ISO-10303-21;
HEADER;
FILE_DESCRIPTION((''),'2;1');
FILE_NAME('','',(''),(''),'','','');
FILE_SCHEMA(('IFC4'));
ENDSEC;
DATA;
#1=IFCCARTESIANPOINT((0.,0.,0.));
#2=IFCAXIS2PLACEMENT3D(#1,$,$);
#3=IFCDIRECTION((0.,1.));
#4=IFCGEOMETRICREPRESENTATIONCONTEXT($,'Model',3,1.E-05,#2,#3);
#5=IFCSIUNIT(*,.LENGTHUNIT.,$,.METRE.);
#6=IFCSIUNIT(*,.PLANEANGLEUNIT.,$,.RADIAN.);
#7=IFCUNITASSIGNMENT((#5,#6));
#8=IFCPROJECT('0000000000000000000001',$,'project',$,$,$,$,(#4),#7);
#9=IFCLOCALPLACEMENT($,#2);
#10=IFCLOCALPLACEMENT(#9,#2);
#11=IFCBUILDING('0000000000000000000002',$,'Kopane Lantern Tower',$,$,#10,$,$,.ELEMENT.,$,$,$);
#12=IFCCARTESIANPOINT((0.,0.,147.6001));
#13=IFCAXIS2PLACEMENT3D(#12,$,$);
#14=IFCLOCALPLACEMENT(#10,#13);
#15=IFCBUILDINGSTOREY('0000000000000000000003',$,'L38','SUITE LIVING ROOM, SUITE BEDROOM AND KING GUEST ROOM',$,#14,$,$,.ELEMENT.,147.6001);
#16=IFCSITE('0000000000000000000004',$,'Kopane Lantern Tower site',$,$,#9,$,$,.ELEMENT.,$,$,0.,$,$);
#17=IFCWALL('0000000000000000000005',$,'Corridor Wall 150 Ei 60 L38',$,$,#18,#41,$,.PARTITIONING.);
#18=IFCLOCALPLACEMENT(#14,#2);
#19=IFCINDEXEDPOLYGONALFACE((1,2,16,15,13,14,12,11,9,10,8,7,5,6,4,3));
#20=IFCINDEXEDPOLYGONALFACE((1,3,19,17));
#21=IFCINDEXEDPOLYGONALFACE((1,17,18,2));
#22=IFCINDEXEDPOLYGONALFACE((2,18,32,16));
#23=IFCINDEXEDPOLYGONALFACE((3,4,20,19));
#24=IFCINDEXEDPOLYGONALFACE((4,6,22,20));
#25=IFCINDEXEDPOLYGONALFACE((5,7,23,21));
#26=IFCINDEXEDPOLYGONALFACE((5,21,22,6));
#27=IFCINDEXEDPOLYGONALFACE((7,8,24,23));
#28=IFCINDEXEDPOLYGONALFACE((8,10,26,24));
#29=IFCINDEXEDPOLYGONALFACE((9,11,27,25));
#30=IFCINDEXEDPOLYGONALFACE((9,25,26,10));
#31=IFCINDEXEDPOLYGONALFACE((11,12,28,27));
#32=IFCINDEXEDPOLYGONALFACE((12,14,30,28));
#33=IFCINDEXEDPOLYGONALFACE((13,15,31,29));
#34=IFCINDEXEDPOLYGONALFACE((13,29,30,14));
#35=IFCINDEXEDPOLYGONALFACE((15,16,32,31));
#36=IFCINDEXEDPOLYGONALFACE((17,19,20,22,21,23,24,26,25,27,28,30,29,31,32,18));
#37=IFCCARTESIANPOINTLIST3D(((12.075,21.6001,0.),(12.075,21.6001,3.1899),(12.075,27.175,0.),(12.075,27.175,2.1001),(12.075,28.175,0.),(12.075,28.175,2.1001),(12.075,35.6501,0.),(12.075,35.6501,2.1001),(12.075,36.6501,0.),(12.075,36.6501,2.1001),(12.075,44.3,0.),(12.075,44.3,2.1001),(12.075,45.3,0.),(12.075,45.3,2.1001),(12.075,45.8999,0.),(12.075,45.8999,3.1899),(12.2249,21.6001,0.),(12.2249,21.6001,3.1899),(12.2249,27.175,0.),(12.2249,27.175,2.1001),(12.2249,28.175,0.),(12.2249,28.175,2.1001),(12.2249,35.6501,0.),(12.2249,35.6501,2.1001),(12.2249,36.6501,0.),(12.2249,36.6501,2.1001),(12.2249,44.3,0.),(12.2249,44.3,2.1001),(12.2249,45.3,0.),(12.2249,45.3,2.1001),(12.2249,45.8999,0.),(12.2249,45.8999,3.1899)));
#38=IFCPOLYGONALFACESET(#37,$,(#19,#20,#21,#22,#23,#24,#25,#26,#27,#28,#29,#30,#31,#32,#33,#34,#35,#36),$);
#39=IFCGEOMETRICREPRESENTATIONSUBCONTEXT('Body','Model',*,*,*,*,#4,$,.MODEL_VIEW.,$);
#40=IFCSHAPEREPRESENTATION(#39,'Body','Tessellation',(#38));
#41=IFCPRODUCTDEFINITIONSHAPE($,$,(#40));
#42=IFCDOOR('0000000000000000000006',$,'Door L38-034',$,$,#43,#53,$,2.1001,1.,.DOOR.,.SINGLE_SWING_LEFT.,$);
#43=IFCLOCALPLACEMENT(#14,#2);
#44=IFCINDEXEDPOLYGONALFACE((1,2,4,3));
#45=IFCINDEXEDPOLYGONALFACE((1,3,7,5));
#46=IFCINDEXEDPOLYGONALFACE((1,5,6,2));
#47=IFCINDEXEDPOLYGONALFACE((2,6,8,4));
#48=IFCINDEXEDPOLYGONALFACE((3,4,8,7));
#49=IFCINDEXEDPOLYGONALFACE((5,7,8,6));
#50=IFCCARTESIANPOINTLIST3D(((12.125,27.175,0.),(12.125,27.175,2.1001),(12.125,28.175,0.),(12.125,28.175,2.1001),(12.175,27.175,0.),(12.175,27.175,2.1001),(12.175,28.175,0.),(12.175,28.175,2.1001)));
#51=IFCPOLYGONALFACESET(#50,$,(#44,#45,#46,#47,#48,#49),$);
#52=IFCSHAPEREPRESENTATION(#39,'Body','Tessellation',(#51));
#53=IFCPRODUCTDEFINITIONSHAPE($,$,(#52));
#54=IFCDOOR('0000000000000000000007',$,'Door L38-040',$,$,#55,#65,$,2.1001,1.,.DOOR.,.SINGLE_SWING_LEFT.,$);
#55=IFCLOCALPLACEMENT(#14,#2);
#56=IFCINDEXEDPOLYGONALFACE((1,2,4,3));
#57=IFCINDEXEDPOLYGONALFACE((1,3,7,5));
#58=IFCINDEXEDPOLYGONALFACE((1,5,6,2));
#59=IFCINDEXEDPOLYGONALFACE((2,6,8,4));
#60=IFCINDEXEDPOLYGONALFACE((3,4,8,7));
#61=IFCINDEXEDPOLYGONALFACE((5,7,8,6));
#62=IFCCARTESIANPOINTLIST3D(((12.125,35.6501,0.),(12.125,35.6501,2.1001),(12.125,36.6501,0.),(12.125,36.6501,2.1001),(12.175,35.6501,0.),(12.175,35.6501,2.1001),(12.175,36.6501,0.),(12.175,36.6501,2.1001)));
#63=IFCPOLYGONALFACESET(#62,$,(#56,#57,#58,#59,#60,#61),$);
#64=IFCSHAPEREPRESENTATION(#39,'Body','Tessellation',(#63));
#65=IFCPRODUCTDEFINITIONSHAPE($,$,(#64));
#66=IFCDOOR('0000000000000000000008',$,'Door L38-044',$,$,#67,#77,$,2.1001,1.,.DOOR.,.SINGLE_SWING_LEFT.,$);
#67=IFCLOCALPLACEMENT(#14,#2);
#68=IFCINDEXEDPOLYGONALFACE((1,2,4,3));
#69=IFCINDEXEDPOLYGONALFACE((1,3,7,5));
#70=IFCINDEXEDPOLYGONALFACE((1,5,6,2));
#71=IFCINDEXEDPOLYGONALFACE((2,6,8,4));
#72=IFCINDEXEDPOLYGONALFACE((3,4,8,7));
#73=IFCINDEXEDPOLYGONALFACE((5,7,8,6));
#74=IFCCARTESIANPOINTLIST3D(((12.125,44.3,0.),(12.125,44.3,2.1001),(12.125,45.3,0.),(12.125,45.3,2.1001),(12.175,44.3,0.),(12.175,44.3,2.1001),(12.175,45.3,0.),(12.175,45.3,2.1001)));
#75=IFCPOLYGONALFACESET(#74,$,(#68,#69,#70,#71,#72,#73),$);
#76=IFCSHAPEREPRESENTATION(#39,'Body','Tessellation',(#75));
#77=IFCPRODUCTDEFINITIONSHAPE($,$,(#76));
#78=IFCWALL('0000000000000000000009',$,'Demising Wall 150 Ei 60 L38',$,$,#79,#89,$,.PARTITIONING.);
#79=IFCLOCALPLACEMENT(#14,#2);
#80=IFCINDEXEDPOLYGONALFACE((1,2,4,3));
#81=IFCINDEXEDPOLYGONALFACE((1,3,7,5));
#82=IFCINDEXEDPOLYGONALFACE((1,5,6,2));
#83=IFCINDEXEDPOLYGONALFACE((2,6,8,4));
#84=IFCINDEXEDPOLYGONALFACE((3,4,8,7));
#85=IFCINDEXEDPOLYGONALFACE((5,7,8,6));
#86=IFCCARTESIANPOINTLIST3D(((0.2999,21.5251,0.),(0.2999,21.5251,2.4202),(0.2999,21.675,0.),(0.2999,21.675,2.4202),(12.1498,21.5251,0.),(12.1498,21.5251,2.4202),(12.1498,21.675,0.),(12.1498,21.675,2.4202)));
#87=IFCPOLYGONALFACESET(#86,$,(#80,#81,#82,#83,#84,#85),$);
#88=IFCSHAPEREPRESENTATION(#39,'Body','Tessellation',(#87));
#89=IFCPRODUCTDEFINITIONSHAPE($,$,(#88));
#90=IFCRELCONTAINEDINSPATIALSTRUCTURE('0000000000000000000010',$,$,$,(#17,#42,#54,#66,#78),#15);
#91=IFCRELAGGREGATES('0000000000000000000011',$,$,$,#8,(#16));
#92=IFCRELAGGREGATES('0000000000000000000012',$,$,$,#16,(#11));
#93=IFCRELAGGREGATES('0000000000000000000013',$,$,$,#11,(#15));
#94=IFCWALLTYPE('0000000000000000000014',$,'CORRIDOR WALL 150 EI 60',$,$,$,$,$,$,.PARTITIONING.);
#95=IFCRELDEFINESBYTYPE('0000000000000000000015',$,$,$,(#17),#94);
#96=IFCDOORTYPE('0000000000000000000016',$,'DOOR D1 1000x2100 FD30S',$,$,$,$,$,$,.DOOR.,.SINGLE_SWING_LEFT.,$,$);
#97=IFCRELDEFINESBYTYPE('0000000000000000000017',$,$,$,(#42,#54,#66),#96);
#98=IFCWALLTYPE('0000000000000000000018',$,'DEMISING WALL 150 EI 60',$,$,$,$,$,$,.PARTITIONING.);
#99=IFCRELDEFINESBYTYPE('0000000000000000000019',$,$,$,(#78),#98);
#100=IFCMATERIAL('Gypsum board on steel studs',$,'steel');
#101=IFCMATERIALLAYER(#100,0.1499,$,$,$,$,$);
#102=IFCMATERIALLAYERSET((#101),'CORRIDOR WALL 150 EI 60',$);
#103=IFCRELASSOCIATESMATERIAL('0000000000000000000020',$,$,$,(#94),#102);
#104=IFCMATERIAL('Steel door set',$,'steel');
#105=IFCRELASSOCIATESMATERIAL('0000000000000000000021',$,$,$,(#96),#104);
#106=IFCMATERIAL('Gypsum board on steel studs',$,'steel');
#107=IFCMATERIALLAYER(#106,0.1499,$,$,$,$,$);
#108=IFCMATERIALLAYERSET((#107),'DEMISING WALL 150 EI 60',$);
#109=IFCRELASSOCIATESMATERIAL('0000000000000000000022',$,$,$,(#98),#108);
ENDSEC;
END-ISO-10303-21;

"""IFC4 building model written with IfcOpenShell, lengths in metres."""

from ifc_helpers import new_model, si_unit, direction, frame, frame_2d, origin, place, context, subcontext, project, spatial, rectangle, extrude, material, layer, layer_set, type_object, element, fill, save


model = new_model("IFC4")

# Units and contexts
model_context = context("Model", 3, precision=1e-05, world=origin(), true_north=direction((0.0, 1.0)))
body_context = subcontext(model_context, "Body", "Model", "MODEL_VIEW")
ifc_project = project(units=[si_unit("LENGTHUNIT", "METRE"), si_unit("PLANEANGLEUNIT", "RADIAN")], contexts=[model_context])

# Site, building, storey
site_placement = place(None, origin())
site = spatial("IfcSite", under=ifc_project, at=site_placement, Name="Kopane Lantern Tower site", CompositionType="ELEMENT", RefElevation=0.0)
building_placement = place(site_placement, origin())
building = spatial("IfcBuilding", under=site, at=building_placement, Name="Kopane Lantern Tower", CompositionType="ELEMENT")
storey_placement = place(building_placement, frame((0.0, 0.0, 147.6001)))
storey = spatial("IfcBuildingStorey", under=building, at=storey_placement, Name="L38", Description="SUITE LIVING ROOM, SUITE BEDROOM AND KING GUEST ROOM", CompositionType="ELEMENT", Elevation=147.6001)

# Wall, openings, doors
ifc_material_1 = material(Name="Gypsum board on steel studs", Category="steel")
ifc_layer_1 = layer(ifc_material_1, 0.1499)
ifc_layer_set_1 = layer_set([ifc_layer_1], Name="CORRIDOR WALL 150 EI 60")
wall_type_1 = type_object("IfcWallType", Name="CORRIDOR WALL 150 EI 60", PredefinedType="PARTITIONING", material=ifc_layer_set_1)
ifc_material_2 = material(Name="Steel door set", Category="steel")
door_type_1 = type_object("IfcDoorType", Name="DOOR D1 1000x2100 FD30S", OperationType="SINGLE_SWING_LEFT", PredefinedType="DOOR", material=ifc_material_2)
wall_1_placement = place(storey_placement, frame((12.1499, 21.6001, 0.0), z_axis=(0.0, 0.0, 1.0), x_axis=(0.0, 1.0, 0.0)))
wall_1 = element("IfcWall", 1, at=wall_1_placement, inside=storey, type_object=wall_type_1, Name="Corridor Wall 150 Ei 60 L38", PredefinedType="PARTITIONING", context=body_context, shape_type="SweptSolid", body=[
    extrude(rectangle(XDim=24.2998, YDim=0.1499, at=frame_2d((12.1499, 0.0))), origin(), (0.0, 0.0, 1.0), 3.1899),
])
opening_1_placement = place(wall_1_placement, frame((5.575, 0.0, 0.0)))
opening_1 = element("IfcOpeningElement", 2, at=opening_1_placement, cuts=wall_1, PredefinedType="OPENING", context=body_context, shape_type="SweptSolid", body=[
    extrude(rectangle(XDim=1.0, YDim=2.1001, at=frame_2d((0.5, 1.05))), frame((0.0, 0.085, 0.0), z_axis=(0.0, -1.0, 0.0), x_axis=(1.0, 0.0, 0.0)), (0.0, 0.0, 1.0), 0.1699),
])
opening_2_placement = place(wall_1_placement, frame((14.05, 0.0, 0.0)))
opening_2 = element("IfcOpeningElement", 3, at=opening_2_placement, cuts=wall_1, PredefinedType="OPENING", context=body_context, shape_type="SweptSolid", body=[
    extrude(rectangle(XDim=1.0, YDim=2.1001, at=frame_2d((0.5, 1.05))), frame((0.0, 0.085, 0.0), z_axis=(0.0, -1.0, 0.0), x_axis=(1.0, 0.0, 0.0)), (0.0, 0.0, 1.0), 0.1699),
])
opening_3_placement = place(wall_1_placement, frame((22.7, 0.0, 0.0)))
opening_3 = element("IfcOpeningElement", 4, at=opening_3_placement, cuts=wall_1, PredefinedType="OPENING", context=body_context, shape_type="SweptSolid", body=[
    extrude(rectangle(XDim=1.0, YDim=2.1001, at=frame_2d((0.5, 1.05))), frame((0.0, 0.085, 0.0), z_axis=(0.0, -1.0, 0.0), x_axis=(1.0, 0.0, 0.0)), (0.0, 0.0, 1.0), 0.1699),
])
door_1_placement = place(opening_1_placement, origin())
door_1 = element("IfcDoor", 5, at=door_1_placement, inside=storey, type_object=door_type_1, Name="Door L38-034", OperationType="SINGLE_SWING_LEFT", OverallHeight=2.1001, OverallWidth=1.0, PredefinedType="DOOR", context=body_context, shape_type="SweptSolid", body=[
    extrude(rectangle(XDim=1.0, YDim=2.1001, at=frame_2d((0.5, 1.05))), frame((0.0, 0.0249, 0.0), z_axis=(0.0, -1.0, 0.0), x_axis=(1.0, 0.0, 0.0)), (0.0, 0.0, 1.0), 0.05),
])
fill(opening_1, door_1)
door_2_placement = place(opening_2_placement, origin())
door_2 = element("IfcDoor", 6, at=door_2_placement, inside=storey, type_object=door_type_1, Name="Door L38-040", OperationType="SINGLE_SWING_LEFT", OverallHeight=2.1001, OverallWidth=1.0, PredefinedType="DOOR", context=body_context, shape_type="SweptSolid", body=[
    extrude(rectangle(XDim=1.0, YDim=2.1001, at=frame_2d((0.5, 1.05))), frame((0.0, 0.0249, 0.0), z_axis=(0.0, -1.0, 0.0), x_axis=(1.0, 0.0, 0.0)), (0.0, 0.0, 1.0), 0.05),
])
fill(opening_2, door_2)
door_3_placement = place(opening_3_placement, origin())
door_3 = element("IfcDoor", 7, at=door_3_placement, inside=storey, type_object=door_type_1, Name="Door L38-044", OperationType="SINGLE_SWING_LEFT", OverallHeight=2.1001, OverallWidth=1.0, PredefinedType="DOOR", context=body_context, shape_type="SweptSolid", body=[
    extrude(rectangle(XDim=1.0, YDim=2.1001, at=frame_2d((0.5, 1.05))), frame((0.0, 0.0249, 0.0), z_axis=(0.0, -1.0, 0.0), x_axis=(1.0, 0.0, 0.0)), (0.0, 0.0, 1.0), 0.05),
])
fill(opening_3, door_3)

# Wall
ifc_material_3 = material(Name="Gypsum board on steel studs", Category="steel")
ifc_layer_2 = layer(ifc_material_3, 0.1499)
ifc_layer_set_2 = layer_set([ifc_layer_2], Name="DEMISING WALL 150 EI 60")
wall_type_2 = type_object("IfcWallType", Name="DEMISING WALL 150 EI 60", PredefinedType="PARTITIONING", material=ifc_layer_set_2)
wall_2_placement = place(storey_placement, frame((0.3, 21.6001, 0.0), z_axis=(0.0, 0.0, 1.0), x_axis=(1.0, 0.0, 0.0)))
element("IfcWall", 8, at=wall_2_placement, inside=storey, type_object=wall_type_2, Name="Demising Wall 150 Ei 60 L38", PredefinedType="PARTITIONING", context=body_context, shape_type="SweptSolid", body=[
    extrude(rectangle(XDim=11.8499, YDim=0.1499, at=frame_2d((5.9248, 0.0))), origin(), (0.0, 0.0, 1.0), 2.4202),
])

save(model, "model.ifc")
